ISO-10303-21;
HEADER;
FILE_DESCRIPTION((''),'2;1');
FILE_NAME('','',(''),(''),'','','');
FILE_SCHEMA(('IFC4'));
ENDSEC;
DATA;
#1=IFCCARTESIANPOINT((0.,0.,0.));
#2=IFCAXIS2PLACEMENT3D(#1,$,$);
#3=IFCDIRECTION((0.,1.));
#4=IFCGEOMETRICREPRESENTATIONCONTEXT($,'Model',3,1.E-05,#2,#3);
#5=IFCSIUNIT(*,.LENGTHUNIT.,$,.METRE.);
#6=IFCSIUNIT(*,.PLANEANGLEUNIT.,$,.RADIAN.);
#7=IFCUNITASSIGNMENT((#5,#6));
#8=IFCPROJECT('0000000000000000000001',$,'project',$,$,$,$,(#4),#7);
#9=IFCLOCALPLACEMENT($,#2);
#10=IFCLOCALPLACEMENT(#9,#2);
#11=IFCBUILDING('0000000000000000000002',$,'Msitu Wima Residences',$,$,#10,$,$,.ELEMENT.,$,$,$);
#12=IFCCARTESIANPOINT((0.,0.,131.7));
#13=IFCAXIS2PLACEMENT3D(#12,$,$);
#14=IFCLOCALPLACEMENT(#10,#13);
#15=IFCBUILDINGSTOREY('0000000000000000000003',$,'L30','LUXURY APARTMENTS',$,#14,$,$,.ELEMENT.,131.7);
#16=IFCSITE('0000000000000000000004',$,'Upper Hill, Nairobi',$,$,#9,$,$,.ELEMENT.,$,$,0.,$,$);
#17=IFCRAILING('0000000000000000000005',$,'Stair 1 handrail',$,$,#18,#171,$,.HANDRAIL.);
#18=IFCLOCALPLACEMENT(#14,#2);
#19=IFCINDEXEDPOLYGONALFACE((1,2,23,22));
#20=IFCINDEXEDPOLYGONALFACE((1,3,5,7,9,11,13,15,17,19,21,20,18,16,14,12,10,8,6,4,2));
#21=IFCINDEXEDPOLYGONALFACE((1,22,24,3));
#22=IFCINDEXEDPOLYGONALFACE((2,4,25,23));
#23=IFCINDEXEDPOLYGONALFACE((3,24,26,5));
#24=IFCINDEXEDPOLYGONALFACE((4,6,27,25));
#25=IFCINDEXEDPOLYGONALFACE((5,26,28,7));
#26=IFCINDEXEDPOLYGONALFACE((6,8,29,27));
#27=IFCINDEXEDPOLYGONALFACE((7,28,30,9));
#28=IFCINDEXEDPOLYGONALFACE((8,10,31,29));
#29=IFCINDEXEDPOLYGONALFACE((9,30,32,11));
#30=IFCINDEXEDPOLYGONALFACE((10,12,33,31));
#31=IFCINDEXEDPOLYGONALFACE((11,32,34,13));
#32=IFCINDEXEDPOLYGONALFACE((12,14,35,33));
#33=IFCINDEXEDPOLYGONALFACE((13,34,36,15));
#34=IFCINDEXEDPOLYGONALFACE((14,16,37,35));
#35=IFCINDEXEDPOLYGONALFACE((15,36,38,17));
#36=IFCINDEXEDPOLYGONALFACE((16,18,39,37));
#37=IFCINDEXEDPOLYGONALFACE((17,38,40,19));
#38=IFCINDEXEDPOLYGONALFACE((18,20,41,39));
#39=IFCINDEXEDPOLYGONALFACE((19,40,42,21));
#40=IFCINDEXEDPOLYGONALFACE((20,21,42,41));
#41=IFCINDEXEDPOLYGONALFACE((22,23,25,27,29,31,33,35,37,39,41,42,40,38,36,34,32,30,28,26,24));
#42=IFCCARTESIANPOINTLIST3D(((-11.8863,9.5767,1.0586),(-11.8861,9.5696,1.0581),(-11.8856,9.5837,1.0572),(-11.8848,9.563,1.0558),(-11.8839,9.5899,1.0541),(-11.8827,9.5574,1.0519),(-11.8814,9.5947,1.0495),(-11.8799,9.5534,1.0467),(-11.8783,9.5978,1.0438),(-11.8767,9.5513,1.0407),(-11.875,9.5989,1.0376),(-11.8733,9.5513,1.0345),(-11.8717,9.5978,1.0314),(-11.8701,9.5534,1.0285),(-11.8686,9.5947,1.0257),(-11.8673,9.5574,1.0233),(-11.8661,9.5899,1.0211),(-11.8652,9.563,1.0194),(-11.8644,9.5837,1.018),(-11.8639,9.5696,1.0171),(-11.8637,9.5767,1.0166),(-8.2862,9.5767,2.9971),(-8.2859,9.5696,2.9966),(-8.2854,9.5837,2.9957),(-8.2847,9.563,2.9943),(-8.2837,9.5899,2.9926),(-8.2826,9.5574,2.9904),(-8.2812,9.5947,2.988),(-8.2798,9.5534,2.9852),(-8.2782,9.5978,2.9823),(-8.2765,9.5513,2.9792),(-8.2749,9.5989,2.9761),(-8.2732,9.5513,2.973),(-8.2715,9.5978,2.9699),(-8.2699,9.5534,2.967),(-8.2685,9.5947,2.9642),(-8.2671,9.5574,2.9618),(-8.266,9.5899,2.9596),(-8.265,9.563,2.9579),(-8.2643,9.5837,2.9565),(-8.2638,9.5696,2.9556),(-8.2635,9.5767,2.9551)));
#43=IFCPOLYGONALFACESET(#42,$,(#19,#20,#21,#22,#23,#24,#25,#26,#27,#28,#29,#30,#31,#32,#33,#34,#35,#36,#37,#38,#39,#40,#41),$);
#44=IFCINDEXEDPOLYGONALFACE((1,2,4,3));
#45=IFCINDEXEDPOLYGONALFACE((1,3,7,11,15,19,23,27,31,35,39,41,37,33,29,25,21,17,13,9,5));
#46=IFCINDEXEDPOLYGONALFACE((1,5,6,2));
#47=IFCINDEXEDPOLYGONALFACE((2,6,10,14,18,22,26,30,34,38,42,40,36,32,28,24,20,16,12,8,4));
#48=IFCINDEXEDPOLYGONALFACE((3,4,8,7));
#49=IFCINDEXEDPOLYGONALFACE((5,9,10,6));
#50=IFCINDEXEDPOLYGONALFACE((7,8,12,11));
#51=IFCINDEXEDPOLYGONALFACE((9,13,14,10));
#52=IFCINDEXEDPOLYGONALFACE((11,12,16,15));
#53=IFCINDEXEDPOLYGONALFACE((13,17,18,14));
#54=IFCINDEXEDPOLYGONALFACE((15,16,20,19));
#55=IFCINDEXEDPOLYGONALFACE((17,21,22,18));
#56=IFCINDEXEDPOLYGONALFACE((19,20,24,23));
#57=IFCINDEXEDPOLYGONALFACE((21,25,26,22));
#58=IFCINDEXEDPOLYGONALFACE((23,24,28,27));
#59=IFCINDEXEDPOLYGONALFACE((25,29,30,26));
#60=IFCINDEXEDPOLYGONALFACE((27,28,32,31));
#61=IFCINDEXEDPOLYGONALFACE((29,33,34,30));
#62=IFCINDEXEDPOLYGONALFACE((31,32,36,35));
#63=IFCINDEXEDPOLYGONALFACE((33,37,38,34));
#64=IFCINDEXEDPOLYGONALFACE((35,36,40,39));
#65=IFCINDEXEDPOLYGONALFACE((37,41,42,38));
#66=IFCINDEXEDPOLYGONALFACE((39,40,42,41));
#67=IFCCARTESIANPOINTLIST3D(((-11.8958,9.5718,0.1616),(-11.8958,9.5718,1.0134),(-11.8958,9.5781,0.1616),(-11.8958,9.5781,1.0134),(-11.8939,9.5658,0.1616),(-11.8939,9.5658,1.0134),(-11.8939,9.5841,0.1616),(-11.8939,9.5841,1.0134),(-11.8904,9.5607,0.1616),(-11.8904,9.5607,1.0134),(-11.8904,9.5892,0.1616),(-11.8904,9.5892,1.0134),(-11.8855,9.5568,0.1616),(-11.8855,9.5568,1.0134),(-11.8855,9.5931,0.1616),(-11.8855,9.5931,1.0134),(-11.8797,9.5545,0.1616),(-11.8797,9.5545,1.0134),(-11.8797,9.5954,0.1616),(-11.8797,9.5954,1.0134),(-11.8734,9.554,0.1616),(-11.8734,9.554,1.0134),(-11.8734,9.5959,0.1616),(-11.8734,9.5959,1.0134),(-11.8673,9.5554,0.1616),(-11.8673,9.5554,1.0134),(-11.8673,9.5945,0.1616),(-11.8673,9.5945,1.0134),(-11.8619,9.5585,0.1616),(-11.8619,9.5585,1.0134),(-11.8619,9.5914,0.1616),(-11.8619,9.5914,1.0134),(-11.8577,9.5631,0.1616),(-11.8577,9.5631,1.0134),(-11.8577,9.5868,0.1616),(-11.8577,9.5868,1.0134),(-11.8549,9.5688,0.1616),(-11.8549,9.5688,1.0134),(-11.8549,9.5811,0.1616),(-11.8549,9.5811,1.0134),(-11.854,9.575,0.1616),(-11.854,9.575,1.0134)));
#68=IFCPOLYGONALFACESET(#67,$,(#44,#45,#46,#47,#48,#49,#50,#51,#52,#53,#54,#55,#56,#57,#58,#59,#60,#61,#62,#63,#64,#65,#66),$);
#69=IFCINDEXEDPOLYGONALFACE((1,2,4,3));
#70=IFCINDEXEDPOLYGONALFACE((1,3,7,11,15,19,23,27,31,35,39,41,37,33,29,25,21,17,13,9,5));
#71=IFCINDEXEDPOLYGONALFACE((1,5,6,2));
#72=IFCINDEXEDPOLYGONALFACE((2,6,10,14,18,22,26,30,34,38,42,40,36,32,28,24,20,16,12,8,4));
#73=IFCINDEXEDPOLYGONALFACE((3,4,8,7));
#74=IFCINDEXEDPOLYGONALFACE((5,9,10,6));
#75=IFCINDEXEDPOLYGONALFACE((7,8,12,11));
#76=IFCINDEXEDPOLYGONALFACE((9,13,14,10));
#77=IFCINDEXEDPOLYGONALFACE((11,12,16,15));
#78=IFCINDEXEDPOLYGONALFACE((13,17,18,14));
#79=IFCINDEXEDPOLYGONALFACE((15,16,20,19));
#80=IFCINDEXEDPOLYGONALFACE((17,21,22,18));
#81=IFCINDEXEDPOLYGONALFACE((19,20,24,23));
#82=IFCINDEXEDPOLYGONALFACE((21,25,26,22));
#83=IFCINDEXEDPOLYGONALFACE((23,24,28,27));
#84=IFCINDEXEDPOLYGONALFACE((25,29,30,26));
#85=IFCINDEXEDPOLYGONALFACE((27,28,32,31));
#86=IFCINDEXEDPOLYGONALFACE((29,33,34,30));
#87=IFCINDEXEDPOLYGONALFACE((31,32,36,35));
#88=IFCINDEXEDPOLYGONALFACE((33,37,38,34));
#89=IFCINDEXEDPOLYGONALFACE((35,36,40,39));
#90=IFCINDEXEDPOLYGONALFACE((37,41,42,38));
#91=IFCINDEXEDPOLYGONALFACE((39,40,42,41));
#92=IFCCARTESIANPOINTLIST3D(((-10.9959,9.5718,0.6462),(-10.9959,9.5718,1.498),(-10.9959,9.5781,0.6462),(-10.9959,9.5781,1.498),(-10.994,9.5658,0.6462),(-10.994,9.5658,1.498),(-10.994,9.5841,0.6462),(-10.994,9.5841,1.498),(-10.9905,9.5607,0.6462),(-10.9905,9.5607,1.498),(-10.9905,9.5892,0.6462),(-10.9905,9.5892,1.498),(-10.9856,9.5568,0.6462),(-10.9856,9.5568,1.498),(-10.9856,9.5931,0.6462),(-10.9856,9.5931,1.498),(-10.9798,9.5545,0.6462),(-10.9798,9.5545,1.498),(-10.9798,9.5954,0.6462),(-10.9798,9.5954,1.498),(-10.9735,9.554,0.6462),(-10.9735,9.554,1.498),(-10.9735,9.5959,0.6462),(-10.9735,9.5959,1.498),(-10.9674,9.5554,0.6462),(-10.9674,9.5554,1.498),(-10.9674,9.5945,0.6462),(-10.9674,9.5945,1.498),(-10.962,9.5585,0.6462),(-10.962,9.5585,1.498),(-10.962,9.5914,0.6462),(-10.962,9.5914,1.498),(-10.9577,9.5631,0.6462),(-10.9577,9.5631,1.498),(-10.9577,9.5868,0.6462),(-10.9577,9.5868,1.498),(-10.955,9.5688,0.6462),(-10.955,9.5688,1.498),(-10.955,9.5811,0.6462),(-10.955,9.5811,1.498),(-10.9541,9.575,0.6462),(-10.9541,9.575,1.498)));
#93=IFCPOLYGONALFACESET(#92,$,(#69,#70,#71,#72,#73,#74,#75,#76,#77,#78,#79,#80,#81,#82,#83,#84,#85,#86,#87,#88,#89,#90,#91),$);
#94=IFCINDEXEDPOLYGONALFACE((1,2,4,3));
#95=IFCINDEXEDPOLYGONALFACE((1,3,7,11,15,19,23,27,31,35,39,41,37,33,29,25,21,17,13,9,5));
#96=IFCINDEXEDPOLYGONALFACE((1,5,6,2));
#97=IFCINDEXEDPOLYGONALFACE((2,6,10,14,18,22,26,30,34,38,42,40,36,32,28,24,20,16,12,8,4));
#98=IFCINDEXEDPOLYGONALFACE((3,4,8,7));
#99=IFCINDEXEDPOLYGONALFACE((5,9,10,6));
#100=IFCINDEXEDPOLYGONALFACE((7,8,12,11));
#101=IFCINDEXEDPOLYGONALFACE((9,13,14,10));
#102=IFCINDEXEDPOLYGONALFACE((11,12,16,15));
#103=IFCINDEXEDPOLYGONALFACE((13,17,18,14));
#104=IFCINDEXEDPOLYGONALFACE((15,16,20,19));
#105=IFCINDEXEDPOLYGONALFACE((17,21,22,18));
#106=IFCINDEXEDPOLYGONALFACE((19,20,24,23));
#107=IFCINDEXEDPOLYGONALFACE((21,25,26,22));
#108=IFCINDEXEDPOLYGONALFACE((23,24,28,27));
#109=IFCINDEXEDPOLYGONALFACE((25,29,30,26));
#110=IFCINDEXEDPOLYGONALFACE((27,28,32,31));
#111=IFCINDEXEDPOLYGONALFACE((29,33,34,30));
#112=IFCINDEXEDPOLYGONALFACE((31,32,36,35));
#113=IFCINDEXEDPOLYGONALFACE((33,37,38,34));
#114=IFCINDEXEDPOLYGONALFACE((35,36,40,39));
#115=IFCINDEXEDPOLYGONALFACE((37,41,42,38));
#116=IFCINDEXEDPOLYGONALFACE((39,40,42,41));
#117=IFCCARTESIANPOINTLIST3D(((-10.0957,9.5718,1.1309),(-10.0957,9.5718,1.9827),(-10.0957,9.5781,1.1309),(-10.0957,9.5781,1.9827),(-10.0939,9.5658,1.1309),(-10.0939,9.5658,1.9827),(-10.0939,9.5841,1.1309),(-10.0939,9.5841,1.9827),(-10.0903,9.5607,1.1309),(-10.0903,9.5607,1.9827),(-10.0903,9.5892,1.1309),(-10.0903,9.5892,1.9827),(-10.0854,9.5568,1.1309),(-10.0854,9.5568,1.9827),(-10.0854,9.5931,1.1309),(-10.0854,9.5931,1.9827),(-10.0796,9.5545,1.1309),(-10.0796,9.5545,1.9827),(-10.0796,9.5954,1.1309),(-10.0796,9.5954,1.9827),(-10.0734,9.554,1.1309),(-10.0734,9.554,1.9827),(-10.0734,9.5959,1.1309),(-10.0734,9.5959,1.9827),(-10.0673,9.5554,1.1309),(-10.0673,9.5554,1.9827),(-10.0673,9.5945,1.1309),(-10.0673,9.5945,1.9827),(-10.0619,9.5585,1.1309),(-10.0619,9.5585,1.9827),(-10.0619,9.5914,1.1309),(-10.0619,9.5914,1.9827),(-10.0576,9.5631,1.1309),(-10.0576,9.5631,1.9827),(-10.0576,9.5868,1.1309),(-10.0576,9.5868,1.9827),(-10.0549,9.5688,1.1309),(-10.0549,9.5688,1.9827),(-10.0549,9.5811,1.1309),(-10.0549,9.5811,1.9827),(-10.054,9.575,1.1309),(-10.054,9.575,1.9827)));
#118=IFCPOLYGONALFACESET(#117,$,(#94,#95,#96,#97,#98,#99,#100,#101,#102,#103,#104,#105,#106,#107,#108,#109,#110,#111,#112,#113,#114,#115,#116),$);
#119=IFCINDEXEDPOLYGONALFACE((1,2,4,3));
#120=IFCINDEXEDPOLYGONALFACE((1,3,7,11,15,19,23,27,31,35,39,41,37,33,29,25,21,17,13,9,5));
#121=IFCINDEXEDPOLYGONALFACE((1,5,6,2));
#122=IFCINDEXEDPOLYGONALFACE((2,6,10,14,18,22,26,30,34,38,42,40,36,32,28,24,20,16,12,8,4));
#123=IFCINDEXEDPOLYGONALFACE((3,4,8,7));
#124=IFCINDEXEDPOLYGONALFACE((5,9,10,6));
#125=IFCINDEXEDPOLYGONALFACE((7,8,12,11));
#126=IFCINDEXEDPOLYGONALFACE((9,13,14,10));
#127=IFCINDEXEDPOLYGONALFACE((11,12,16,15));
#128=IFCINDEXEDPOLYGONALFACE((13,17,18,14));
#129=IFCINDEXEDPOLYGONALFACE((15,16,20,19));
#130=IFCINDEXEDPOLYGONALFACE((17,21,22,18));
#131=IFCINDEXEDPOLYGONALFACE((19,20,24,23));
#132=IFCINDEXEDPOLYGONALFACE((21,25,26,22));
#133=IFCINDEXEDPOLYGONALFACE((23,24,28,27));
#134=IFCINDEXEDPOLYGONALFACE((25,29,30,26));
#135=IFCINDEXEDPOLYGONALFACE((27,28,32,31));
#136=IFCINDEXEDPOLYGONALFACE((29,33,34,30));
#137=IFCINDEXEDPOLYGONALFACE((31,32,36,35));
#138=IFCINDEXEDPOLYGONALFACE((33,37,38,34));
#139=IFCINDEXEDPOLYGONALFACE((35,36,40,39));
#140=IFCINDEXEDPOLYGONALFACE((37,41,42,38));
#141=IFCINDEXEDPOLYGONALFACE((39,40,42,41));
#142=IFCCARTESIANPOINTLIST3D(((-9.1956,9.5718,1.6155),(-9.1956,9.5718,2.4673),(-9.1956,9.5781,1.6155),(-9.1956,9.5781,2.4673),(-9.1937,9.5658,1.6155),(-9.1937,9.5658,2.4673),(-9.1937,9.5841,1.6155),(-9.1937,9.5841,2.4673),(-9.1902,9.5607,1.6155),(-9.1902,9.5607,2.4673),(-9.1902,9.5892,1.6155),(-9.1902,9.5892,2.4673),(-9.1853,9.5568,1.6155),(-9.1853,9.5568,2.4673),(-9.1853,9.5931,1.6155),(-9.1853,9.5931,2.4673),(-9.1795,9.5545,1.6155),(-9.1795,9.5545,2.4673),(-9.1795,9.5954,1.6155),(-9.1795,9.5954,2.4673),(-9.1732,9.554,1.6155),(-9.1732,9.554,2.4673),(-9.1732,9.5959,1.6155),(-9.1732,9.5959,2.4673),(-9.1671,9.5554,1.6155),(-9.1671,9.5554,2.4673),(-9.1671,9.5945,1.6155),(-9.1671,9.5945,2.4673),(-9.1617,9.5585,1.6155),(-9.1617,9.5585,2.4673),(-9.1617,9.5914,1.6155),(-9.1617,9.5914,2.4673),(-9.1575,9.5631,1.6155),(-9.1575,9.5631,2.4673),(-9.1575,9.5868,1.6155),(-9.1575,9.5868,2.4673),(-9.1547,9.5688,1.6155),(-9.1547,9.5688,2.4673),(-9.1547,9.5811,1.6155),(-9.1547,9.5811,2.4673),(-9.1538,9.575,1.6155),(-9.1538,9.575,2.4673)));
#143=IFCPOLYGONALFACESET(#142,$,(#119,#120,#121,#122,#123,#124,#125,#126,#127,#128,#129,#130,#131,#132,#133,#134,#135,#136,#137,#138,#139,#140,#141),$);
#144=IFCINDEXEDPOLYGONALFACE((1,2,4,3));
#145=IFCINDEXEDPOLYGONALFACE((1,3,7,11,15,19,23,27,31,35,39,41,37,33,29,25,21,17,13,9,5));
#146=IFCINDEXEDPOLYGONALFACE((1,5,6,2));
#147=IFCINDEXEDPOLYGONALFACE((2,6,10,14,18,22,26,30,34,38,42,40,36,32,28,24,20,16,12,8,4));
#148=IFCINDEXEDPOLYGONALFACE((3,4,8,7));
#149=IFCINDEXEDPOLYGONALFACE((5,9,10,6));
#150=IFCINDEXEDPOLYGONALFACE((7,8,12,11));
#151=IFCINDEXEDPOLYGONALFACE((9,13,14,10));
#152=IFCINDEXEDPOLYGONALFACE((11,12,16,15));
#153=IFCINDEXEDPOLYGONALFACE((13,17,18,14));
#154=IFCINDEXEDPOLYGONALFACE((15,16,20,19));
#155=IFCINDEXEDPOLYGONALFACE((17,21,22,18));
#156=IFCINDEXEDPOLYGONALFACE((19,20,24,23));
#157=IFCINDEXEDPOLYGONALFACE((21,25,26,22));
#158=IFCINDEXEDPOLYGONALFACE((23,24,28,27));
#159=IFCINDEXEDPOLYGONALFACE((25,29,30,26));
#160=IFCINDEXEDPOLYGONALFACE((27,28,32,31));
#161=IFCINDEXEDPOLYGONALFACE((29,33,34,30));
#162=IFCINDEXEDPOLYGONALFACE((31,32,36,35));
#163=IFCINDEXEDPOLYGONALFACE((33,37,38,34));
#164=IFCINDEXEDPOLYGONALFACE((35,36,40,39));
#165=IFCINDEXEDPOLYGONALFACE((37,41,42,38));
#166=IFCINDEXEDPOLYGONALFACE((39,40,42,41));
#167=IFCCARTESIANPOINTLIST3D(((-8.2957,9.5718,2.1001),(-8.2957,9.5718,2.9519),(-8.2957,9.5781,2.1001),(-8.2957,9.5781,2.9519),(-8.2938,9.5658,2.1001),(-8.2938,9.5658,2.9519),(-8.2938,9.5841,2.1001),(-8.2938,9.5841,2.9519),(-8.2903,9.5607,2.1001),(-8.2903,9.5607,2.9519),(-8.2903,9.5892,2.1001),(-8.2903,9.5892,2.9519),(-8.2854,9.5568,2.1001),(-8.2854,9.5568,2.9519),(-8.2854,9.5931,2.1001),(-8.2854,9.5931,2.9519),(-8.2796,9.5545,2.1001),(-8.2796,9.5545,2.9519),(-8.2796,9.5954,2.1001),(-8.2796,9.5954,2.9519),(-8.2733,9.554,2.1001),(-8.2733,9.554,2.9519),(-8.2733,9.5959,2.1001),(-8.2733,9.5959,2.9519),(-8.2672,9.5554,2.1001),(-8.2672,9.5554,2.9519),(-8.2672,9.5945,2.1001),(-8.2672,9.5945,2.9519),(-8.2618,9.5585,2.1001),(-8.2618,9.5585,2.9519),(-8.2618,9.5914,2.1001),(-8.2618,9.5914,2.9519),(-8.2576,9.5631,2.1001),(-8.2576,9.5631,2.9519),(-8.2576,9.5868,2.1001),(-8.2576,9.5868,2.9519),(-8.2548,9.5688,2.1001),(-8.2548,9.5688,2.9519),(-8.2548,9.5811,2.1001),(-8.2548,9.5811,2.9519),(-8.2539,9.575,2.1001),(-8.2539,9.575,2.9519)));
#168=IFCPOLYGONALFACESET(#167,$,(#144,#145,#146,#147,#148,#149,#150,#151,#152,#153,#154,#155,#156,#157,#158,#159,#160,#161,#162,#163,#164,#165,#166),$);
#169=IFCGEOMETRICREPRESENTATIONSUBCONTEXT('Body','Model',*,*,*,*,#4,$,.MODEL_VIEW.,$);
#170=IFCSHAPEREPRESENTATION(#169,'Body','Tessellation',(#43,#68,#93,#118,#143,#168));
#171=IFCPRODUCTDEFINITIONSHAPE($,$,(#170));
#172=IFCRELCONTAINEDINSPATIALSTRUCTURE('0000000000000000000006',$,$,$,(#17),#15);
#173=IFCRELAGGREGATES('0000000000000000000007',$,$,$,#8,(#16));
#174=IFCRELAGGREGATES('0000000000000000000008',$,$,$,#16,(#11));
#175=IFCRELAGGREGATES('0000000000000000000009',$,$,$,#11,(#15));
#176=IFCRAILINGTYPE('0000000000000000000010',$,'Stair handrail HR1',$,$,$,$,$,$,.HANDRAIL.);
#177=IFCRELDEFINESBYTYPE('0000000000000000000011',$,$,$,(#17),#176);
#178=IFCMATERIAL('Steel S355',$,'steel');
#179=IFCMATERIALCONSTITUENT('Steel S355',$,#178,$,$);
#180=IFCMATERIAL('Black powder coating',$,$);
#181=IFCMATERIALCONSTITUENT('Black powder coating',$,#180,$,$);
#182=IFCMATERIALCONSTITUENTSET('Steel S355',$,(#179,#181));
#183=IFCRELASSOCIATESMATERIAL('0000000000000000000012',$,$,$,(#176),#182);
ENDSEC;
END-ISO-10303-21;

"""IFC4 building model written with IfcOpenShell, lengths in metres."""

from ifc_helpers import new_model, si_unit, direction, frame, origin, origin_2d, place, context, subcontext, project, spatial, circle, extrude, material, constituent, constituent_set, type_object, element, save


model = new_model("IFC4")

# Units and contexts
model_context = context("Model", 3, precision=1e-05, world=origin(), true_north=direction((0.0, 1.0)))
body_context = subcontext(model_context, "Body", "Model", "MODEL_VIEW")
ifc_project = project(units=[si_unit("LENGTHUNIT", "METRE"), si_unit("PLANEANGLEUNIT", "RADIAN")], contexts=[model_context])

# Site, building, storey
site_placement = place(None, origin())
site = spatial("IfcSite", under=ifc_project, at=site_placement, Name="Upper Hill, Nairobi", CompositionType="ELEMENT", RefElevation=0.0)
building_placement = place(site_placement, origin())
building = spatial("IfcBuilding", under=site, at=building_placement, Name="Msitu Wima Residences", CompositionType="ELEMENT")
storey_placement = place(building_placement, frame((0.0, 0.0, 131.7)))
storey = spatial("IfcBuildingStorey", under=building, at=storey_placement, Name="L30", Description="LUXURY APARTMENTS", CompositionType="ELEMENT", Elevation=131.7)

# Railing
ifc_material_1 = material(Name="Steel S355", Category="steel")
ifc_constituent_1 = constituent(ifc_material_1, Name="Steel S355")
ifc_material_2 = material(Name="Black powder coating")
ifc_constituent_2 = constituent(ifc_material_2, Name="Black powder coating")
ifc_constituent_set = constituent_set(constituents=[ifc_constituent_1, ifc_constituent_2], Name="Steel S355")
railing_type = type_object("IfcRailingType", Name="Stair handrail HR1", PredefinedType="HANDRAIL", material=ifc_constituent_set)
railing_1_placement = place(storey_placement, frame((-11.875, 9.575, 0.1616)))
element("IfcRailing", 1, at=railing_1_placement, inside=storey, type_object=railing_type, Name="Stair 1 handrail", PredefinedType="HANDRAIL", context=body_context, shape_type="SweptSolid", body=[
    extrude(circle(Radius=0.0239, at=origin_2d()), frame((0.0, 0.0, 0.876), z_axis=(0.880475, 0.0, 0.474093), x_axis=(0.0, 1.0, 0.0)), (0.0, 0.0, 1.0), 4.0889),
    extrude(circle(Radius=0.021, at=origin_2d()), origin(), (0.0, 0.0, 1.0), 0.8518),
    extrude(circle(Radius=0.021, at=origin_2d()), frame((0.8999, 0.0, 0.4846)), (0.0, 0.0, 1.0), 0.8518),
    extrude(circle(Radius=0.021, at=origin_2d()), frame((1.8, 0.0, 0.9692)), (0.0, 0.0, 1.0), 0.8518),
    extrude(circle(Radius=0.021, at=origin_2d()), frame((2.7002, 0.0, 1.4539)), (0.0, 0.0, 1.0), 0.8518),
    extrude(circle(Radius=0.021, at=origin_2d()), frame((3.6001, 0.0, 1.9385)), (0.0, 0.0, 1.0), 0.8518),
])

save(model, "model.ifc")
